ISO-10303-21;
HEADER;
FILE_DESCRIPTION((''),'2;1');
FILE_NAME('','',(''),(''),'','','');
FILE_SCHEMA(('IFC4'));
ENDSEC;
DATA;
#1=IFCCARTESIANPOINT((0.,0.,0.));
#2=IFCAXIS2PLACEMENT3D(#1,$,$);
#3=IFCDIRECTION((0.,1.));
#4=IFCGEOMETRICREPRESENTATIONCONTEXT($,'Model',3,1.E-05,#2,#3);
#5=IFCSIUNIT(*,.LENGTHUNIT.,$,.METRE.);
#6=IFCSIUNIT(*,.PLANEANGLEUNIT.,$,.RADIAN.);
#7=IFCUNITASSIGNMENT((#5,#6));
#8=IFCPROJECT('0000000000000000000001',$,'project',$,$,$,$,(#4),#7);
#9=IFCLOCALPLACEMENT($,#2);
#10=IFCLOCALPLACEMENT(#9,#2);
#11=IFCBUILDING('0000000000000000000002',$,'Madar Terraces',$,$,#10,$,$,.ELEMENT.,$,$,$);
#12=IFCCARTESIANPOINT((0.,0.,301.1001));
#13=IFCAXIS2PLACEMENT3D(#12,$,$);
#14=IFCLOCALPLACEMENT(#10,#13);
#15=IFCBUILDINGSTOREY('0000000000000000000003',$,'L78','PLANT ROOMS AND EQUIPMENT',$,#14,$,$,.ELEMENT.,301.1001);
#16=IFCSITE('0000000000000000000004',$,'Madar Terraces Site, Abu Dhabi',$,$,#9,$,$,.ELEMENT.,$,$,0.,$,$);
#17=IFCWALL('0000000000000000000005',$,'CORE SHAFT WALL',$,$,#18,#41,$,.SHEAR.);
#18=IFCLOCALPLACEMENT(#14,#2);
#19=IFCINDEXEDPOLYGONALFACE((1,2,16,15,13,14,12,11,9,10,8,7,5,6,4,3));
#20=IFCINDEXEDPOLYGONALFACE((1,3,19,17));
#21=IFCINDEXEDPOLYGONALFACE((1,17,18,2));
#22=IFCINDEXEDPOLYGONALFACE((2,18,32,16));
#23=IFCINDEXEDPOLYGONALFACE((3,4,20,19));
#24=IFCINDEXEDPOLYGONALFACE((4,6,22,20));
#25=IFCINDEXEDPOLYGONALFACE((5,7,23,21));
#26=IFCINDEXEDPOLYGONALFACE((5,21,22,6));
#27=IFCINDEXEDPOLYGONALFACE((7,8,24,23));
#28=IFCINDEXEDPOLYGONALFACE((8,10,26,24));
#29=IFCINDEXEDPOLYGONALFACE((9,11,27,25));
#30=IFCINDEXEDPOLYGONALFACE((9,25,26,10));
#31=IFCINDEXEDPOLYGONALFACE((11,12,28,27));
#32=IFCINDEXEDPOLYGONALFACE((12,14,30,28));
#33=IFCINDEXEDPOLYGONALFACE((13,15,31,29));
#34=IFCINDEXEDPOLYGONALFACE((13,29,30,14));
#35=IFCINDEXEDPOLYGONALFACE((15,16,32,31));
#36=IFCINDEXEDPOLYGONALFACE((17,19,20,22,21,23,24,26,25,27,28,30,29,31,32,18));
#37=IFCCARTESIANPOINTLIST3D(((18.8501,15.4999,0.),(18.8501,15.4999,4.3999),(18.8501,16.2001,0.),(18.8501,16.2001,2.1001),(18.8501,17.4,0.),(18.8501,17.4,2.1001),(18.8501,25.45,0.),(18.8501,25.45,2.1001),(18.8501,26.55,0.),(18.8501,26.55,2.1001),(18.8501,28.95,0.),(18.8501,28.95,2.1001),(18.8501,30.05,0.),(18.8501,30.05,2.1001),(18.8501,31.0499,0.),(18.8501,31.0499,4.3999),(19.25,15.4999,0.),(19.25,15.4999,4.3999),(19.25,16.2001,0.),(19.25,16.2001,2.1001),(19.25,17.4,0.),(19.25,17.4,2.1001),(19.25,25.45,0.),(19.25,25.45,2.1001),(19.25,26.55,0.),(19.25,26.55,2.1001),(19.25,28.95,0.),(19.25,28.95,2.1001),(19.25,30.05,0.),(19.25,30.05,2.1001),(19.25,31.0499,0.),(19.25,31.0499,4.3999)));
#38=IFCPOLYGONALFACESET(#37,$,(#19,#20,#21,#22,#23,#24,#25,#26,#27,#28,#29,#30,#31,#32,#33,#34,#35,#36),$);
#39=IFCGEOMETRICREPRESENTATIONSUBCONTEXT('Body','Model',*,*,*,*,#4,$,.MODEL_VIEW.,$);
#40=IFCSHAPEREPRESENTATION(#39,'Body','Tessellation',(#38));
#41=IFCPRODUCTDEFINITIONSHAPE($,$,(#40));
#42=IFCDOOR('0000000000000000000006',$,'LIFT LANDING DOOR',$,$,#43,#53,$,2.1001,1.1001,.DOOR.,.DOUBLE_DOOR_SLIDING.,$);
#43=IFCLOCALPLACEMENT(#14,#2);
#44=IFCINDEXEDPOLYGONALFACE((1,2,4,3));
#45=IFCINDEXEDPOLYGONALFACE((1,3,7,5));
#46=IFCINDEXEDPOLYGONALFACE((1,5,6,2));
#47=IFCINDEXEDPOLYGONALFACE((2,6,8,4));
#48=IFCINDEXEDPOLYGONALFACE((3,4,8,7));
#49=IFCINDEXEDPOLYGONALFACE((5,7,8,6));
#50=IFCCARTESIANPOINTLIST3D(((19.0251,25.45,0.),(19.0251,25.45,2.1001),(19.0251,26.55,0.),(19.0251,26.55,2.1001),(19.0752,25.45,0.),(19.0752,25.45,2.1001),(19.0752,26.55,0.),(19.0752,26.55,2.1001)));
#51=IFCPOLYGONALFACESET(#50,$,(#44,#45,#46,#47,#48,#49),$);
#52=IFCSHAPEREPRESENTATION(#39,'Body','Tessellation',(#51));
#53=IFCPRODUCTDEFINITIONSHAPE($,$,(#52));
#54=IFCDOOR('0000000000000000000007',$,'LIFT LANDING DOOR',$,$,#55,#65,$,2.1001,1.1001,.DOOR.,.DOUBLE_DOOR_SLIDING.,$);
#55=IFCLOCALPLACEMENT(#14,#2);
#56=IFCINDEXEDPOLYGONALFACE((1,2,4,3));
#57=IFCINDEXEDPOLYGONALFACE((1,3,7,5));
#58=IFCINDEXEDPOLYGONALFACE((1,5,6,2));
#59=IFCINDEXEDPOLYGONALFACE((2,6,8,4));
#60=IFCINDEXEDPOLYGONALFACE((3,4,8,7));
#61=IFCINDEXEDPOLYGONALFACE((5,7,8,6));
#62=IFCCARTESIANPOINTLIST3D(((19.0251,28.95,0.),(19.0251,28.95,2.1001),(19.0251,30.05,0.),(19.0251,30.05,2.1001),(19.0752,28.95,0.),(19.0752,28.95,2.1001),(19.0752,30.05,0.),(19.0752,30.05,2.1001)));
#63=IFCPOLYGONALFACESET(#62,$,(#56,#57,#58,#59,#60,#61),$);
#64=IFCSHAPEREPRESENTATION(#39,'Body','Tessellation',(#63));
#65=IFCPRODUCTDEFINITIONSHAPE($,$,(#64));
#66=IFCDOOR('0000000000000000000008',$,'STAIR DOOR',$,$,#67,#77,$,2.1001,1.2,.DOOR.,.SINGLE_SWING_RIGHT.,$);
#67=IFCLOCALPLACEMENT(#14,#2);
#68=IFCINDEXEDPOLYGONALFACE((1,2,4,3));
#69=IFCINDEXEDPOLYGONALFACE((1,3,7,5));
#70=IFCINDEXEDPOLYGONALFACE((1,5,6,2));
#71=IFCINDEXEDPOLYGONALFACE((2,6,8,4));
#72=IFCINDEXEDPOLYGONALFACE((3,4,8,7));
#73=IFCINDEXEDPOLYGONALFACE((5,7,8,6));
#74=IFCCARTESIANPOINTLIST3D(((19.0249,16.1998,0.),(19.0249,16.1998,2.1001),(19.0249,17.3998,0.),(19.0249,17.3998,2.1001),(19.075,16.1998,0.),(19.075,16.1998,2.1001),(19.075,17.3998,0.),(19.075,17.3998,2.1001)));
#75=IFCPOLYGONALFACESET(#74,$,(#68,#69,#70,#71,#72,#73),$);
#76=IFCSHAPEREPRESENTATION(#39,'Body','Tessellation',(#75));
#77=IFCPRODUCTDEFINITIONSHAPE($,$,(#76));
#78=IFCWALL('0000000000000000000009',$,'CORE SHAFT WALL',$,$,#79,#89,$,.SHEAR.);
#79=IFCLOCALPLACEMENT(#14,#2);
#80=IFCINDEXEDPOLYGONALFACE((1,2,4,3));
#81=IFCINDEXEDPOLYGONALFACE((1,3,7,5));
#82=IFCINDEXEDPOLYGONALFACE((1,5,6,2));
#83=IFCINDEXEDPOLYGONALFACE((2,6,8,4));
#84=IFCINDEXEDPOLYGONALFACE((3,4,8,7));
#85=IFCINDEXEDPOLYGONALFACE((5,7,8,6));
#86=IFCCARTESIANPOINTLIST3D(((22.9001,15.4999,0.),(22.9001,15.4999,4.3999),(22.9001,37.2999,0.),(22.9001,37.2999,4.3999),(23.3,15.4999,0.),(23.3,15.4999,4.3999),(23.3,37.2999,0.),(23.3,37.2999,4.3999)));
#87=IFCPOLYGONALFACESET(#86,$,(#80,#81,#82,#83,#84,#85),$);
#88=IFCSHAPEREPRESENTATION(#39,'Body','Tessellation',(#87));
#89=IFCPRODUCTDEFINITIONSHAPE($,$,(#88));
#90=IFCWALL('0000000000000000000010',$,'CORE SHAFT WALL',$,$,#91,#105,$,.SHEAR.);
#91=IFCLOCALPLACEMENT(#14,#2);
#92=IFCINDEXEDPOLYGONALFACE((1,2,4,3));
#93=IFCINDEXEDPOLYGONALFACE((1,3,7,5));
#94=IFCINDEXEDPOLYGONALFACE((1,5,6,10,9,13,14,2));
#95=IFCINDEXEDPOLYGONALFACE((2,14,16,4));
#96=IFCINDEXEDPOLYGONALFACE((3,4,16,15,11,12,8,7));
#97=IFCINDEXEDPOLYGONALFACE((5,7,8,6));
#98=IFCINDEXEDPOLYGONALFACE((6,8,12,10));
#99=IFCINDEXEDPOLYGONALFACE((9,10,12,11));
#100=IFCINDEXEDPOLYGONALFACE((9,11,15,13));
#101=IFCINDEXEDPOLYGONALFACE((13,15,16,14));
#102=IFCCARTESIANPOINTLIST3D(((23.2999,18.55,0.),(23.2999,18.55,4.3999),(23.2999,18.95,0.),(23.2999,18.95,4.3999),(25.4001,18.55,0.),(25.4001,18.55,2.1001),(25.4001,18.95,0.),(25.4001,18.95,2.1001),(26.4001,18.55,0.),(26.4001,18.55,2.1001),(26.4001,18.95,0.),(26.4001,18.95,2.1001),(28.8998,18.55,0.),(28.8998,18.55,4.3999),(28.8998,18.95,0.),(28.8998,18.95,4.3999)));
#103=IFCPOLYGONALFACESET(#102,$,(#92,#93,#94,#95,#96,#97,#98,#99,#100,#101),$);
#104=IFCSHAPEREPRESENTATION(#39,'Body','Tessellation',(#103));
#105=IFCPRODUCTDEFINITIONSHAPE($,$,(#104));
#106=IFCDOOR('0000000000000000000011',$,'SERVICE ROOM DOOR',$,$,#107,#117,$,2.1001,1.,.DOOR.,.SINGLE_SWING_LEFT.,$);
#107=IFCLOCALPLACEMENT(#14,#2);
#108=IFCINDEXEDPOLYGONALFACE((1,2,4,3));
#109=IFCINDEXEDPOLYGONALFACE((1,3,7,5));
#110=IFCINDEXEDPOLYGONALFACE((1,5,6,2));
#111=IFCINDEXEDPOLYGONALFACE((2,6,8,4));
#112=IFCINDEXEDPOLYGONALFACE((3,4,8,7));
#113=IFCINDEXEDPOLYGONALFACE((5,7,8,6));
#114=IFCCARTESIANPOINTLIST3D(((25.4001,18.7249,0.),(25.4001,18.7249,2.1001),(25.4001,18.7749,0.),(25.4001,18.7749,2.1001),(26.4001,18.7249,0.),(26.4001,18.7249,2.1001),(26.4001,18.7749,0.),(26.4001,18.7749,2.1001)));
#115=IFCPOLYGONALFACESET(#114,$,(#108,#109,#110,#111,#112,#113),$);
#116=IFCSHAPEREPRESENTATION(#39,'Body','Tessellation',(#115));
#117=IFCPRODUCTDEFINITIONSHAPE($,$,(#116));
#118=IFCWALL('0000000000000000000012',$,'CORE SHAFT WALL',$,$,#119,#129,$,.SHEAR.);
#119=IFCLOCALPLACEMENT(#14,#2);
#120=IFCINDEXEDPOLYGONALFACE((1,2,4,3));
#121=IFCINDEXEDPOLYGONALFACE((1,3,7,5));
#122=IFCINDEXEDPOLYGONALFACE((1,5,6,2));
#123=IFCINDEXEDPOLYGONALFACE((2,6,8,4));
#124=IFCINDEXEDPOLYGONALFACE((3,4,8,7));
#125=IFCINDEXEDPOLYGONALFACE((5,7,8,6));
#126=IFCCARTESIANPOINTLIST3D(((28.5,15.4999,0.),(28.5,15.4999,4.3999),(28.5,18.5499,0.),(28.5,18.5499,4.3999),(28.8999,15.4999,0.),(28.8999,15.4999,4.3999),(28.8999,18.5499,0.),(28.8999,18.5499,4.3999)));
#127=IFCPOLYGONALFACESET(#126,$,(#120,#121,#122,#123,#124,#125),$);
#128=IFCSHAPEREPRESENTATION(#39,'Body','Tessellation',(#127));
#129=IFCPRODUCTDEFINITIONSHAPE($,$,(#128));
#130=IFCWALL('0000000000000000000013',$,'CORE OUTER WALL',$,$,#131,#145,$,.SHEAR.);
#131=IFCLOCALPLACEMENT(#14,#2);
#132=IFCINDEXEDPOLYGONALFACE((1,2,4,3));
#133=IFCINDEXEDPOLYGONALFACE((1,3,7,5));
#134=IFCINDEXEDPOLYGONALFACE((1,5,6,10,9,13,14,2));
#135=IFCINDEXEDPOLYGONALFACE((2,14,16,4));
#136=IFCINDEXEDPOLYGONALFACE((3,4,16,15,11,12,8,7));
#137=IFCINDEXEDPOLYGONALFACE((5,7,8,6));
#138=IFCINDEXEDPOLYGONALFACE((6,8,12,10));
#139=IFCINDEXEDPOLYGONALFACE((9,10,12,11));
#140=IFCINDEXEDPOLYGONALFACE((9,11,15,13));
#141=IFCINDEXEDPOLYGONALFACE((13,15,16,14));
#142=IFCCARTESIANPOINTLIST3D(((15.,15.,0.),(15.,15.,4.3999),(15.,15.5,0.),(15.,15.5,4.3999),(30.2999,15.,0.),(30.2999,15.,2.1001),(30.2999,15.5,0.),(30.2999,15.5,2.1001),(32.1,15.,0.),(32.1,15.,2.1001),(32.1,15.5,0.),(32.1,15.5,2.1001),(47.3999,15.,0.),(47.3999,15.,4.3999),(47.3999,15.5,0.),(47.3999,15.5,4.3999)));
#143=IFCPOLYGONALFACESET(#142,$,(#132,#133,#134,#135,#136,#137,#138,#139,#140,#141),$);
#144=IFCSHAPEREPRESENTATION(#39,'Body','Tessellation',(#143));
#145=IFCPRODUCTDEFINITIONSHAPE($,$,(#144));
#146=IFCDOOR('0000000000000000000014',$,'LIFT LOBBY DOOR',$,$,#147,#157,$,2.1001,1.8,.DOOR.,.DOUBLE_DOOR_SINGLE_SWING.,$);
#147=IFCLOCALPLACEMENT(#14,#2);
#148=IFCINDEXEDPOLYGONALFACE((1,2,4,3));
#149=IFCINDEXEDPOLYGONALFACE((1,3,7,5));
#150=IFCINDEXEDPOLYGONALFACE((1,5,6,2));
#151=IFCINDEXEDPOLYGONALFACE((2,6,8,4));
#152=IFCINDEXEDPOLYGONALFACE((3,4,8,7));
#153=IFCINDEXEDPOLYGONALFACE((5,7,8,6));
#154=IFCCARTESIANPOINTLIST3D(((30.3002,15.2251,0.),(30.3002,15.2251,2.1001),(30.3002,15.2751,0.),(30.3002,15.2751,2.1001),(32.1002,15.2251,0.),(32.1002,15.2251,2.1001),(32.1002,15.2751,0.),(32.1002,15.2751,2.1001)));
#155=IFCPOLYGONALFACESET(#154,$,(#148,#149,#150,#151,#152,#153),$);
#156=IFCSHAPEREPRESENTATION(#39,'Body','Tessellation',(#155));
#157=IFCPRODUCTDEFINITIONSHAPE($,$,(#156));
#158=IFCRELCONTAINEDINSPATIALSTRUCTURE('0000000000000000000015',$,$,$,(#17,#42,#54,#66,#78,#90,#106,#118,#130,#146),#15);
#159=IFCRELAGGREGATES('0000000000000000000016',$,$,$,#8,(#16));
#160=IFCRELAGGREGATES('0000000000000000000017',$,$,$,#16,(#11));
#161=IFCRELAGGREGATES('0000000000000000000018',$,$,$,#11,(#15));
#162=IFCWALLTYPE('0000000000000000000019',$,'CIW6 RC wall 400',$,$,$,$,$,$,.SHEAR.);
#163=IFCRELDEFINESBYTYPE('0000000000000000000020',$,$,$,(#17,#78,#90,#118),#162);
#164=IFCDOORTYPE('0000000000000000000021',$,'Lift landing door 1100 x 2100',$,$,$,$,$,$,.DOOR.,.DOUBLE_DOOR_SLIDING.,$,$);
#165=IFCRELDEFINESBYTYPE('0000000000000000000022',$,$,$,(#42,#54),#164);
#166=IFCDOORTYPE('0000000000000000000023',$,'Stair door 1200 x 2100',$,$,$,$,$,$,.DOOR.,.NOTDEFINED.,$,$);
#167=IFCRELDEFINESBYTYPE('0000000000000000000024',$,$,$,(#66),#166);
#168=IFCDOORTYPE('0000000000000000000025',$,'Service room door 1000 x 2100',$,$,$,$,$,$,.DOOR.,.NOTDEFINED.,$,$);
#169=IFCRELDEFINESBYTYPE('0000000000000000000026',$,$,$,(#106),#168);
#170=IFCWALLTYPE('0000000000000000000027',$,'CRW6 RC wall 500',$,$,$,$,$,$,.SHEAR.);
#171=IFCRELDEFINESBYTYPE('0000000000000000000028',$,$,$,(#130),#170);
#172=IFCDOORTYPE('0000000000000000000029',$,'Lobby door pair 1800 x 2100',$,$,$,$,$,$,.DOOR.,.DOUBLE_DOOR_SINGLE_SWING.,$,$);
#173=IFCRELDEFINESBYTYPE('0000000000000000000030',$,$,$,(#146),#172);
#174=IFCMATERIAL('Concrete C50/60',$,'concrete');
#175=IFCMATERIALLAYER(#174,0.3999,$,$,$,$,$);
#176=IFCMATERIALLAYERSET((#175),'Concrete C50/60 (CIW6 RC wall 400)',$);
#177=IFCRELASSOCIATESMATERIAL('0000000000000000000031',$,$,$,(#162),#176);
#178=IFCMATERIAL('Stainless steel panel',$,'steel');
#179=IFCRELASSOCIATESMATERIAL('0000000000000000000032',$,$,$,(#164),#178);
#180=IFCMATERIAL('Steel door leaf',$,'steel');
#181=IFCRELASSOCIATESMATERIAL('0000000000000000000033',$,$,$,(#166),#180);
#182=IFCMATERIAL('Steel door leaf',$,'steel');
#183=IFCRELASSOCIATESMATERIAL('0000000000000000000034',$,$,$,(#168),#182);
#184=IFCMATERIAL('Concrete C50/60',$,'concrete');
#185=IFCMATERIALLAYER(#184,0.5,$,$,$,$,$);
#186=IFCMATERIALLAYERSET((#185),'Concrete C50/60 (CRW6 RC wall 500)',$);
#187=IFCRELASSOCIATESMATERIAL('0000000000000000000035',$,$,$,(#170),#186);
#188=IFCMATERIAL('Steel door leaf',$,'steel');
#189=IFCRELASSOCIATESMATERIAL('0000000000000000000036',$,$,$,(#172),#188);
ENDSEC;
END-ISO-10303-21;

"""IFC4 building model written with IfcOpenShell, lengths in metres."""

from ifc_helpers import new_model, si_unit, direction, frame, frame_2d, origin, place, context, subcontext, project, spatial, rectangle, extrude, material, layer, layer_set, type_object, element, fill, save


model = new_model("IFC4")

# Units and contexts
model_context = context("Model", 3, precision=1e-05, world=origin(), true_north=direction((0.0, 1.0)))
body_context = subcontext(model_context, "Body", "Model", "MODEL_VIEW")
ifc_project = project(units=[si_unit("LENGTHUNIT", "METRE"), si_unit("PLANEANGLEUNIT", "RADIAN")], contexts=[model_context])

# Site, building, storey
site_placement = place(None, origin())
site = spatial("IfcSite", under=ifc_project, at=site_placement, Name="Madar Terraces Site, Abu Dhabi", CompositionType="ELEMENT", RefElevation=0.0)
building_placement = place(site_placement, origin())
building = spatial("IfcBuilding", under=site, at=building_placement, Name="Madar Terraces", CompositionType="ELEMENT")
storey_placement = place(building_placement, frame((0.0, 0.0, 301.1001)))
storey = spatial("IfcBuildingStorey", under=building, at=storey_placement, Name="L78", Description="PLANT ROOMS AND EQUIPMENT", CompositionType="ELEMENT", Elevation=301.1001)

# Wall, openings, doors
ifc_material_1 = material(Name="Concrete C50/60", Category="concrete")
ifc_layer_1 = layer(ifc_material_1, 0.3999)
ifc_layer_set_1 = layer_set([ifc_layer_1], Name="Concrete C50/60 (CIW6 RC wall 400)")
wall_type_1 = type_object("IfcWallType", Name="CIW6 RC wall 400", PredefinedType="SHEAR", material=ifc_layer_set_1)
wall_1_placement = place(storey_placement, frame((19.05, 15.5, 0.0), z_axis=(0.0, 0.0, 1.0), x_axis=(0.0, 1.0, 0.0)))
wall_1 = element("IfcWall", 1, at=wall_1_placement, inside=storey, type_object=wall_type_1, Name="CORE SHAFT WALL", PredefinedType="SHEAR", context=body_context, shape_type="SweptSolid", body=[
    extrude(rectangle(XDim=15.55, YDim=0.3999, at=frame_2d((7.7749, 0.0))), origin(), (0.0, 0.0, 1.0), 4.3999),
])
opening_1_placement = place(wall_1_placement, frame((9.95, 0.0, 0.0)))
opening_1 = element("IfcOpeningElement", 2, at=opening_1_placement, cuts=wall_1, PredefinedType="OPENING", context=body_context, shape_type="SweptSolid", body=[
    extrude(rectangle(XDim=1.1001, YDim=2.1001, at=frame_2d((0.55, 1.05))), frame((0.0, 0.21, 0.0), z_axis=(0.0, -1.0, 0.0), x_axis=(1.0, 0.0, 0.0)), (0.0, 0.0, 1.0), 0.4199),
])
opening_2_placement = place(wall_1_placement, frame((13.45, 0.0, 0.0)))
opening_2 = element("IfcOpeningElement", 3, at=opening_2_placement, cuts=wall_1, PredefinedType="OPENING", context=body_context, shape_type="SweptSolid", body=[
    extrude(rectangle(XDim=1.1001, YDim=2.1001, at=frame_2d((0.55, 1.05))), frame((0.0, 0.21, 0.0), z_axis=(0.0, -1.0, 0.0), x_axis=(1.0, 0.0, 0.0)), (0.0, 0.0, 1.0), 0.4199),
])
opening_3_placement = place(wall_1_placement, frame((0.7, 0.0, 0.0)))
opening_3 = element("IfcOpeningElement", 4, at=opening_3_placement, cuts=wall_1, PredefinedType="OPENING", context=body_context, shape_type="SweptSolid", body=[
    extrude(rectangle(XDim=1.2, YDim=2.1001, at=frame_2d((0.6001, 1.05))), frame((0.0, 0.21, 0.0), z_axis=(0.0, -1.0, 0.0), x_axis=(1.0, 0.0, 0.0)), (0.0, 0.0, 1.0), 0.4199),
])
ifc_material_2 = material(Name="Stainless steel panel", Category="steel")
door_type_1 = type_object("IfcDoorType", Name="Lift landing door 1100 x 2100", OperationType="DOUBLE_DOOR_SLIDING", PredefinedType="DOOR", material=ifc_material_2)
door_1_placement = place(opening_1_placement, origin())
door_1 = element("IfcDoor", 5, at=door_1_placement, inside=storey, type_object=door_type_1, Name="LIFT LANDING DOOR", OperationType="DOUBLE_DOOR_SLIDING", OverallHeight=2.1001, OverallWidth=1.1001, PredefinedType="DOOR", context=body_context, shape_type="SweptSolid", body=[
    extrude(rectangle(XDim=1.1001, YDim=2.1001, at=frame_2d((0.55, 1.05))), frame((0.0, 0.0249, 0.0), z_axis=(0.0, -1.0, 0.0), x_axis=(1.0, 0.0, 0.0)), (0.0, 0.0, 1.0), 0.05),
])
fill(opening_1, door_1)
door_2_placement = place(opening_2_placement, origin())
door_2 = element("IfcDoor", 6, at=door_2_placement, inside=storey, type_object=door_type_1, Name="LIFT LANDING DOOR", OperationType="DOUBLE_DOOR_SLIDING", OverallHeight=2.1001, OverallWidth=1.1001, PredefinedType="DOOR", context=body_context, shape_type="SweptSolid", body=[
    extrude(rectangle(XDim=1.1001, YDim=2.1001, at=frame_2d((0.55, 1.05))), frame((0.0, 0.0249, 0.0), z_axis=(0.0, -1.0, 0.0), x_axis=(1.0, 0.0, 0.0)), (0.0, 0.0, 1.0), 0.05),
])
fill(opening_2, door_2)
ifc_material_3 = material(Name="Steel door leaf", Category="steel")
door_type_2 = type_object("IfcDoorType", Name="Stair door 1200 x 2100", OperationType="NOTDEFINED", PredefinedType="DOOR", material=ifc_material_3)
door_3_placement = place(opening_3_placement, frame((1.2, 0.0, 0.0), z_axis=(0.0, 0.0, 1.0), x_axis=(-1.0, 0.0, 0.0)))
door_3 = element("IfcDoor", 7, at=door_3_placement, inside=storey, type_object=door_type_2, Name="STAIR DOOR", OperationType="SINGLE_SWING_RIGHT", OverallHeight=2.1001, OverallWidth=1.2, PredefinedType="DOOR", context=body_context, shape_type="SweptSolid", body=[
    extrude(rectangle(XDim=1.2, YDim=2.1001, at=frame_2d((0.6001, 1.05))), frame((0.0, 0.0249, 0.0), z_axis=(0.0, -1.0, 0.0), x_axis=(1.0, 0.0, 0.0)), (0.0, 0.0, 1.0), 0.05),
])
fill(opening_3, door_3)

# Wall
wall_2_placement = place(storey_placement, frame((23.1001, 15.5, 0.0), z_axis=(0.0, 0.0, 1.0), x_axis=(0.0, 1.0, 0.0)))
element("IfcWall", 8, at=wall_2_placement, inside=storey, type_object=wall_type_1, Name="CORE SHAFT WALL", PredefinedType="SHEAR", context=body_context, shape_type="SweptSolid", body=[
    extrude(rectangle(XDim=21.8, YDim=0.3999, at=frame_2d((10.8999, 0.0))), origin(), (0.0, 0.0, 1.0), 4.3999),
])

# Wall, opening, door
wall_3_placement = place(storey_placement, frame((23.3, 18.75, 0.0), z_axis=(0.0, 0.0, 1.0), x_axis=(1.0, 0.0, 0.0)))
wall_3 = element("IfcWall", 9, at=wall_3_placement, inside=storey, type_object=wall_type_1, Name="CORE SHAFT WALL", PredefinedType="SHEAR", context=body_context, shape_type="SweptSolid", body=[
    extrude(rectangle(XDim=5.5999, YDim=0.3999, at=frame_2d((2.7998, 0.0))), origin(), (0.0, 0.0, 1.0), 4.3999),
])
opening_4_placement = place(wall_3_placement, frame((2.1001, 0.0, 0.0)))
opening_4 = element("IfcOpeningElement", 10, at=opening_4_placement, cuts=wall_3, PredefinedType="OPENING", context=body_context, shape_type="SweptSolid", body=[
    extrude(rectangle(XDim=1.0, YDim=2.1001, at=frame_2d((0.5, 1.05))), frame((0.0, 0.21, 0.0), z_axis=(0.0, -1.0, 0.0), x_axis=(1.0, 0.0, 0.0)), (0.0, 0.0, 1.0), 0.4199),
])
ifc_material_4 = material(Name="Steel door leaf", Category="steel")
door_type_3 = type_object("IfcDoorType", Name="Service room door 1000 x 2100", OperationType="NOTDEFINED", PredefinedType="DOOR", material=ifc_material_4)
door_4_placement = place(opening_4_placement, origin())
door_4 = element("IfcDoor", 11, at=door_4_placement, inside=storey, type_object=door_type_3, Name="SERVICE ROOM DOOR", OperationType="SINGLE_SWING_LEFT", OverallHeight=2.1001, OverallWidth=1.0, PredefinedType="DOOR", context=body_context, shape_type="SweptSolid", body=[
    extrude(rectangle(XDim=1.0, YDim=2.1001, at=frame_2d((0.5, 1.05))), frame((0.0, 0.0249, 0.0), z_axis=(0.0, -1.0, 0.0), x_axis=(1.0, 0.0, 0.0)), (0.0, 0.0, 1.0), 0.05),
])
fill(opening_4, door_4)

# Wall
wall_4_placement = place(storey_placement, frame((28.7, 15.5, 0.0), z_axis=(0.0, 0.0, 1.0), x_axis=(0.0, 1.0, 0.0)))
element("IfcWall", 12, at=wall_4_placement, inside=storey, type_object=wall_type_1, Name="CORE SHAFT WALL", PredefinedType="SHEAR", context=body_context, shape_type="SweptSolid", body=[
    extrude(rectangle(XDim=3.05, YDim=0.3999, at=frame_2d((1.5249, 0.0))), origin(), (0.0, 0.0, 1.0), 4.3999),
])

# Wall, opening, door
ifc_material_5 = material(Name="Concrete C50/60", Category="concrete")
ifc_layer_2 = layer(ifc_material_5, 0.5)
ifc_layer_set_2 = layer_set([ifc_layer_2], Name="Concrete C50/60 (CRW6 RC wall 500)")
wall_type_2 = type_object("IfcWallType", Name="CRW6 RC wall 500", PredefinedType="SHEAR", material=ifc_layer_set_2)
wall_5_placement = place(storey_placement, frame((15.0, 15.25, 0.0), z_axis=(0.0, 0.0, 1.0), x_axis=(1.0, 0.0, 0.0)))
wall_5 = element("IfcWall", 13, at=wall_5_placement, inside=storey, type_object=wall_type_2, Name="CORE OUTER WALL", PredefinedType="SHEAR", context=body_context, shape_type="SweptSolid", body=[
    extrude(rectangle(XDim=32.3999, YDim=0.5, at=frame_2d((16.2, 0.0))), origin(), (0.0, 0.0, 1.0), 4.3999),
])
opening_5_placement = place(wall_5_placement, frame((15.3, 0.0, 0.0)))
opening_5 = element("IfcOpeningElement", 14, at=opening_5_placement, cuts=wall_5, PredefinedType="OPENING", context=body_context, shape_type="SweptSolid", body=[
    extrude(rectangle(XDim=1.8, YDim=2.1001, at=frame_2d((0.8999, 1.05))), frame((0.0, 0.26, 0.0), z_axis=(0.0, -1.0, 0.0), x_axis=(1.0, 0.0, 0.0)), (0.0, 0.0, 1.0), 0.52),
])
ifc_material_6 = material(Name="Steel door leaf", Category="steel")
door_type_4 = type_object("IfcDoorType", Name="Lobby door pair 1800 x 2100", OperationType="DOUBLE_DOOR_SINGLE_SWING", PredefinedType="DOOR", material=ifc_material_6)
door_5_placement = place(opening_5_placement, frame((1.8, 0.0, 0.0), z_axis=(0.0, 0.0, 1.0), x_axis=(-1.0, 0.0, 0.0)))
door_5 = element("IfcDoor", 15, at=door_5_placement, inside=storey, type_object=door_type_4, Name="LIFT LOBBY DOOR", OperationType="DOUBLE_DOOR_SINGLE_SWING", OverallHeight=2.1001, OverallWidth=1.8, PredefinedType="DOOR", context=body_context, shape_type="SweptSolid", body=[
    extrude(rectangle(XDim=1.8, YDim=2.1001, at=frame_2d((0.8999, 1.05))), frame((0.0, 0.0249, 0.0), z_axis=(0.0, -1.0, 0.0), x_axis=(1.0, 0.0, 0.0)), (0.0, 0.0, 1.0), 0.05),
])
fill(opening_5, door_5)

save(model, "model.ifc")
